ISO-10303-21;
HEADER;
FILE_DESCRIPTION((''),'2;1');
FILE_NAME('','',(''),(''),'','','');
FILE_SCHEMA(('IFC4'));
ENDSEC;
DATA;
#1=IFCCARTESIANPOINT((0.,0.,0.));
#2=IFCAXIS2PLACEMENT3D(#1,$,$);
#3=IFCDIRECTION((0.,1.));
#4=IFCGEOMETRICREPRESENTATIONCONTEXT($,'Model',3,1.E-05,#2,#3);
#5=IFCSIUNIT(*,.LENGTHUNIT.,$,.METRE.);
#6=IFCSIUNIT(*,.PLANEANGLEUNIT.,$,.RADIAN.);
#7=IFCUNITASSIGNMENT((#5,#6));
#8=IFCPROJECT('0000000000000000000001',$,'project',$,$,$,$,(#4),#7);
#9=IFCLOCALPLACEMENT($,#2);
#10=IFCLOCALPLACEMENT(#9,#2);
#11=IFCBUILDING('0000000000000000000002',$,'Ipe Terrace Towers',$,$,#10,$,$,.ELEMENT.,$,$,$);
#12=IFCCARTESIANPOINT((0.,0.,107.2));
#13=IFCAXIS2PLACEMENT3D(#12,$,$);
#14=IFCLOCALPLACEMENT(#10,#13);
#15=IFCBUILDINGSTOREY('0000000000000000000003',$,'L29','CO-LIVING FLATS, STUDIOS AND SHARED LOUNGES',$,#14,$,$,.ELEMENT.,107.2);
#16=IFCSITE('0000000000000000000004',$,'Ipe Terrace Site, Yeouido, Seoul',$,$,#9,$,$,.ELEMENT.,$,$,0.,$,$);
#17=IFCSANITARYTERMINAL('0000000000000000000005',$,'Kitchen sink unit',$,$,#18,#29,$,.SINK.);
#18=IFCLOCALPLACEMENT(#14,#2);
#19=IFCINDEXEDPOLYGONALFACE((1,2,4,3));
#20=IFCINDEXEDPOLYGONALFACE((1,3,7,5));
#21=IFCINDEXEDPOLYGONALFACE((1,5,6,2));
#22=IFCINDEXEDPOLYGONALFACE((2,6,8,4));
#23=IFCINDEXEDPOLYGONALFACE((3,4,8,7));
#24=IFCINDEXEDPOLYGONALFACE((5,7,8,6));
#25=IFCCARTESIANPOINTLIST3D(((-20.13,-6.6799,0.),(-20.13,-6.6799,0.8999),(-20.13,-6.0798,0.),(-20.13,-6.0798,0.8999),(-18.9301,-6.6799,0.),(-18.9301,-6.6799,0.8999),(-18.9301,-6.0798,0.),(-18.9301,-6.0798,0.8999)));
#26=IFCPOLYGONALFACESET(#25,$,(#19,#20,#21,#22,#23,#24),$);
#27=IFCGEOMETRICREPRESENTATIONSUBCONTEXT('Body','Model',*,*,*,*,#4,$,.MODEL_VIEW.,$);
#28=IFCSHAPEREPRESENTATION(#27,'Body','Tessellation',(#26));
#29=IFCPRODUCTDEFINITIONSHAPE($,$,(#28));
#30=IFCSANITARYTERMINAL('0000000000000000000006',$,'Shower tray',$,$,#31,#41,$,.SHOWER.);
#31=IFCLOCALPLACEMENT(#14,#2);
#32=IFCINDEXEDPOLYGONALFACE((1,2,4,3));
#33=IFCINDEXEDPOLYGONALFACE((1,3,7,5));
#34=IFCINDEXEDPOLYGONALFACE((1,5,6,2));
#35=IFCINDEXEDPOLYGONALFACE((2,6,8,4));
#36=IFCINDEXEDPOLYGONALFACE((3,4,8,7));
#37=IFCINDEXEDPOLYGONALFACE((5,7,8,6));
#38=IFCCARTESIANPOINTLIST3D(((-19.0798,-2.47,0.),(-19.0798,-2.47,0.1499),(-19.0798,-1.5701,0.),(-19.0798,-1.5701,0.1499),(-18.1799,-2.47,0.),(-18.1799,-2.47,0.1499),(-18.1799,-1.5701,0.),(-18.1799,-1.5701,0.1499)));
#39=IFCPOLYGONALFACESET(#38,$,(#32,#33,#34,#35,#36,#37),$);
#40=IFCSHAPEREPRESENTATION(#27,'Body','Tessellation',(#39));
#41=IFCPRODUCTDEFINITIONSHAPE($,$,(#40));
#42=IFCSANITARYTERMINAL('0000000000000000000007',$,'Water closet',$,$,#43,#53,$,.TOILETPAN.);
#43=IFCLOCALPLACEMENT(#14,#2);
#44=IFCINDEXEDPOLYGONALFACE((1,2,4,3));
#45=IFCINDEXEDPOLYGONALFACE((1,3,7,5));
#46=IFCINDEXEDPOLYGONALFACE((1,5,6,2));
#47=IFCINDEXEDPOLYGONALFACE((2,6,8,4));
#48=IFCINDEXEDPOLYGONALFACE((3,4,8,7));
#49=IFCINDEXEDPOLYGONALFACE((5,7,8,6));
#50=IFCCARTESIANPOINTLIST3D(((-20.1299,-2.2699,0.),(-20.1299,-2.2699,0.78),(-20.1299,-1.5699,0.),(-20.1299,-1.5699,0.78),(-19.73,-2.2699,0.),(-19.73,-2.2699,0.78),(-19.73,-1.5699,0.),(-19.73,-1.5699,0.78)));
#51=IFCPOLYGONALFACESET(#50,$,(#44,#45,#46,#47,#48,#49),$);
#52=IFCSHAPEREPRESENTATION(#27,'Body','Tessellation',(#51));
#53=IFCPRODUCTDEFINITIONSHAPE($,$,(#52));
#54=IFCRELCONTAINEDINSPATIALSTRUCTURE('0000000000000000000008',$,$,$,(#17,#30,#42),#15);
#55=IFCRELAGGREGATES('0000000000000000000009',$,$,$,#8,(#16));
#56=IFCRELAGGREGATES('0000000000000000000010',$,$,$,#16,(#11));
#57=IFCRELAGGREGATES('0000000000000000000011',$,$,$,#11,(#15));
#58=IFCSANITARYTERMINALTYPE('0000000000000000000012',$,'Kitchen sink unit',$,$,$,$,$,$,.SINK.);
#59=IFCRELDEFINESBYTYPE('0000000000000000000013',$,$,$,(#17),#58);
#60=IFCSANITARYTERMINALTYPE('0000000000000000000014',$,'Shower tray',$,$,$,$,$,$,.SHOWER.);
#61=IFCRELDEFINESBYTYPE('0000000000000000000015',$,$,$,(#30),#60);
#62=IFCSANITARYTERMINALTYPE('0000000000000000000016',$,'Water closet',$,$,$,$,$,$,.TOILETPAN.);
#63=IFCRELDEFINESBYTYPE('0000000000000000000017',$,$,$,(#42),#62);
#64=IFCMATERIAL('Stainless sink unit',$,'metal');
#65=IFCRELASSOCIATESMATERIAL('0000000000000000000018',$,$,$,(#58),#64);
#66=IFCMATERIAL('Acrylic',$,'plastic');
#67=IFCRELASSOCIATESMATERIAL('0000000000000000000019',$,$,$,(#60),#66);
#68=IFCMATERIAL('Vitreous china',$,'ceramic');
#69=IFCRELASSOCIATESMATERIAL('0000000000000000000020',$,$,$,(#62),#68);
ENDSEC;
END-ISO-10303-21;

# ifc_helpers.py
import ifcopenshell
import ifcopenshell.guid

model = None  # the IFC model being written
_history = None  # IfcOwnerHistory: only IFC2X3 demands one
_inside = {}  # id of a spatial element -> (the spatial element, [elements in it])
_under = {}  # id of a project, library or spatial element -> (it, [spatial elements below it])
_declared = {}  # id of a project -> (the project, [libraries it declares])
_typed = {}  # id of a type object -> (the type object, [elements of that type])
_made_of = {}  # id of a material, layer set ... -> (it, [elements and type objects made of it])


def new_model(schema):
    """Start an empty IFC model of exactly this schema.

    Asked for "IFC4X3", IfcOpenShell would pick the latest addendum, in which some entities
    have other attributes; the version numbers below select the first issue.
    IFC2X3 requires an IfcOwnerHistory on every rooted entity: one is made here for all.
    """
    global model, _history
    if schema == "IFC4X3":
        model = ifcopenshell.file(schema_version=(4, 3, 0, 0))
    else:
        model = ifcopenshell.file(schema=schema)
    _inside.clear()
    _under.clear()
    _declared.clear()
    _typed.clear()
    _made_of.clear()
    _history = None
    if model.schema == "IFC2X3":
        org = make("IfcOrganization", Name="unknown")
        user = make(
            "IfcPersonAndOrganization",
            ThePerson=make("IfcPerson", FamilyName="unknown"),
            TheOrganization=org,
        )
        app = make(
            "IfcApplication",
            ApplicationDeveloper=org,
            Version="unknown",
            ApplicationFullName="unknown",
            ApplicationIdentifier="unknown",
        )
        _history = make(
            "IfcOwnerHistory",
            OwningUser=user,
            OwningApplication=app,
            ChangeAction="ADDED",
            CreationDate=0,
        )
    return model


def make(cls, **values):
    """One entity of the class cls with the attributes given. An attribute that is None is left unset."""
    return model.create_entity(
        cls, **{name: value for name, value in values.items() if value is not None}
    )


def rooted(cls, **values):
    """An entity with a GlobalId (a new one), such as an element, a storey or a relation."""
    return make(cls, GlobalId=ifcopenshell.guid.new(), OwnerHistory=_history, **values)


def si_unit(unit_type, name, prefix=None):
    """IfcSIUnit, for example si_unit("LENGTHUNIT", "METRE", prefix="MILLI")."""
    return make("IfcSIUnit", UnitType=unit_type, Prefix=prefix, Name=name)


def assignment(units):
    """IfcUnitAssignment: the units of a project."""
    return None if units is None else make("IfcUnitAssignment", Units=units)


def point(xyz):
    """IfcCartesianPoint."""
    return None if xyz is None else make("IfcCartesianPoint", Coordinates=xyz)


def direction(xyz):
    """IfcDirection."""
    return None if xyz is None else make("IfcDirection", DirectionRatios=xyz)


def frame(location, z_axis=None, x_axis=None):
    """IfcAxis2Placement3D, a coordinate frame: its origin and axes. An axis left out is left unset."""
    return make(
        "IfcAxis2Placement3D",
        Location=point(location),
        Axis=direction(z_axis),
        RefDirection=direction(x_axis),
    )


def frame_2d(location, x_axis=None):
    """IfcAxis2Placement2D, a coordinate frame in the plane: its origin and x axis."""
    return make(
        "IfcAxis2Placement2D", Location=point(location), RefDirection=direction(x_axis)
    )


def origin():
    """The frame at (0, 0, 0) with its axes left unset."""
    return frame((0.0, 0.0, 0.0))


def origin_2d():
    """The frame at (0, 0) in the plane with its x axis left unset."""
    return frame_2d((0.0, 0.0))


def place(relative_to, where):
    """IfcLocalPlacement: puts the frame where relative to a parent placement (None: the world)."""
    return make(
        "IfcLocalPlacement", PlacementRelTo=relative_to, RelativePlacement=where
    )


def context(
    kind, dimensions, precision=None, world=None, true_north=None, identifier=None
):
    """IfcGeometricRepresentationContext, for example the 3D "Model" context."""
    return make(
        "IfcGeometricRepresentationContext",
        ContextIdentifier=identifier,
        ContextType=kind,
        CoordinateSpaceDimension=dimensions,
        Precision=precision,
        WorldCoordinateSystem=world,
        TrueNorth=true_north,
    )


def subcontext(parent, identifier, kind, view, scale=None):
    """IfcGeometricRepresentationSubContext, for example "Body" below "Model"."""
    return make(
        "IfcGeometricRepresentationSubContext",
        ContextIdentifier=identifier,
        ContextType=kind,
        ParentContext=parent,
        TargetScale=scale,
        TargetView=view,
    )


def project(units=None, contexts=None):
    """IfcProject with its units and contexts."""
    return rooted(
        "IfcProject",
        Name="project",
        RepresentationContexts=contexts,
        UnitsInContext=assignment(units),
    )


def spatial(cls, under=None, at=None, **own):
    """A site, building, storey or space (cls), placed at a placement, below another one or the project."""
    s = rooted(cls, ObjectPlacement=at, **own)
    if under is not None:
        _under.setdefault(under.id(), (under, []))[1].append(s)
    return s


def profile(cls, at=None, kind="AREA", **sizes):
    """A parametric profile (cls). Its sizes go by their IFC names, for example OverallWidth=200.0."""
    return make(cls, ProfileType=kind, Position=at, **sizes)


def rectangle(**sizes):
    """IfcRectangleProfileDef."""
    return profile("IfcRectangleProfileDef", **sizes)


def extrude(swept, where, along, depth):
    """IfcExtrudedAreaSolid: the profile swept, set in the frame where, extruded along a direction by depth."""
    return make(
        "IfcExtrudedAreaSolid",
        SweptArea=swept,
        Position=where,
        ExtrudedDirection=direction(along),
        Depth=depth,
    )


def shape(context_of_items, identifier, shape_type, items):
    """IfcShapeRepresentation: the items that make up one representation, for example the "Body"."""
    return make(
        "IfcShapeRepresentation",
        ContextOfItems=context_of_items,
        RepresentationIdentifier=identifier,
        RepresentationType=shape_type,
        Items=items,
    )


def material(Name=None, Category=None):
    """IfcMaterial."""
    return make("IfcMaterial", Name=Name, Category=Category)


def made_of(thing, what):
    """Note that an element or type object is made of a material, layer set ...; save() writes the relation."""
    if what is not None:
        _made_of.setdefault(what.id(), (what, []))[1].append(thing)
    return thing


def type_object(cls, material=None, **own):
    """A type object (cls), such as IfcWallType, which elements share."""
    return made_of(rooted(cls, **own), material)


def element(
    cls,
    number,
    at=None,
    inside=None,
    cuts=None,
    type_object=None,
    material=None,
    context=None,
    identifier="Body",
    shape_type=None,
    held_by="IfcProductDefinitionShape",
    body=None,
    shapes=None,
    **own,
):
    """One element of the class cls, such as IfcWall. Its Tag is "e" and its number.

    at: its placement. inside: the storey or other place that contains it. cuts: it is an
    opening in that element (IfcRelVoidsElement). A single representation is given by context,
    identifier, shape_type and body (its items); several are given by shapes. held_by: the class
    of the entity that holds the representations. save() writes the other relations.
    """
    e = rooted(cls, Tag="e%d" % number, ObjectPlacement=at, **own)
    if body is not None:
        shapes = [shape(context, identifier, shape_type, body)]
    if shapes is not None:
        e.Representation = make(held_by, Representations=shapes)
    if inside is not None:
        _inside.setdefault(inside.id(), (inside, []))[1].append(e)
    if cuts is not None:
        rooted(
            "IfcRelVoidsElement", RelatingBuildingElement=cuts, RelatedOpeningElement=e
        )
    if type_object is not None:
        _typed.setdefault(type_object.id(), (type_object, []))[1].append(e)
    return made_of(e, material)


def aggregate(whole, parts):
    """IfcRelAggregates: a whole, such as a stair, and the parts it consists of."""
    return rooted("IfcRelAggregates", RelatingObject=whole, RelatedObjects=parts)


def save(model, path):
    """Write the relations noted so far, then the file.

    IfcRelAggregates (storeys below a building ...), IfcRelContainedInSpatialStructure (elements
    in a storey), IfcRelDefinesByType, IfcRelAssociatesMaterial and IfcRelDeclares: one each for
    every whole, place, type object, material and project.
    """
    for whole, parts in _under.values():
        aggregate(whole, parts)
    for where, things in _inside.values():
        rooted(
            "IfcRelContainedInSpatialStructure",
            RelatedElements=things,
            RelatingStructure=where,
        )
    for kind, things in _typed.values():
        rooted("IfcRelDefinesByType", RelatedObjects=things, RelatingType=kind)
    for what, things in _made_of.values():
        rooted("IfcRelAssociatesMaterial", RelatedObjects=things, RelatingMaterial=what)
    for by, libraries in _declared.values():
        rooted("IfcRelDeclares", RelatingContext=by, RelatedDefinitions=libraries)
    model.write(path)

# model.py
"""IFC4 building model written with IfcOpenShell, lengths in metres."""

from ifc_helpers import new_model, si_unit, direction, frame, origin, origin_2d, place, context, subcontext, project, spatial, rectangle, extrude, material, type_object, element, save


model = new_model("IFC4")

# Units and contexts
model_context = context("Model", 3, precision=1e-05, world=origin(), true_north=direction((0.0, 1.0)))
body_context = subcontext(model_context, "Body", "Model", "MODEL_VIEW")
ifc_project = project(units=[si_unit("LENGTHUNIT", "METRE"), si_unit("PLANEANGLEUNIT", "RADIAN")], contexts=[model_context])

# Site, building, storey
site_placement = place(None, origin())
site = spatial("IfcSite", under=ifc_project, at=site_placement, Name="Ipe Terrace Site, Yeouido, Seoul", CompositionType="ELEMENT", RefElevation=0.0)
building_placement = place(site_placement, origin())
building = spatial("IfcBuilding", under=site, at=building_placement, Name="Ipe Terrace Towers", CompositionType="ELEMENT")
storey_placement = place(building_placement, frame((0.0, 0.0, 107.2)))
storey = spatial("IfcBuildingStorey", under=building, at=storey_placement, Name="L29", Description="CO-LIVING FLATS, STUDIOS AND SHARED LOUNGES", CompositionType="ELEMENT", Elevation=107.2)

# Sanitary terminals
ifc_material_1 = material(Name="Stainless sink unit", Category="metal")
sanitary_terminal_type_1 = type_object("IfcSanitaryTerminalType", Name="Kitchen sink unit", PredefinedType="SINK", material=ifc_material_1)
sanitary_terminal_1_placement = place(storey_placement, frame((-19.53, -6.3799, 0.0), z_axis=(0.0, 0.0, 1.0), x_axis=(-1.0, 0.0, 0.0)))
element("IfcSanitaryTerminal", 1, at=sanitary_terminal_1_placement, inside=storey, type_object=sanitary_terminal_type_1, Name="Kitchen sink unit", PredefinedType="SINK", context=body_context, shape_type="SweptSolid", body=[
    extrude(rectangle(XDim=1.2, YDim=0.6001, at=origin_2d()), origin(), (0.0, 0.0, 1.0), 0.8999),
])
ifc_material_2 = material(Name="Acrylic", Category="plastic")
sanitary_terminal_type_2 = type_object("IfcSanitaryTerminalType", Name="Shower tray", PredefinedType="SHOWER", material=ifc_material_2)
sanitary_terminal_2_placement = place(storey_placement, frame((-18.6299, -2.02, 0.0), z_axis=(0.0, 0.0, 1.0), x_axis=(0.0, -1.0, 0.0)))
element("IfcSanitaryTerminal", 2, at=sanitary_terminal_2_placement, inside=storey, type_object=sanitary_terminal_type_2, Name="Shower tray", PredefinedType="SHOWER", context=body_context, shape_type="SweptSolid", body=[
    extrude(rectangle(XDim=0.8999, YDim=0.8999, at=origin_2d()), origin(), (0.0, 0.0, 1.0), 0.1499),
])
ifc_material_3 = material(Name="Vitreous china", Category="ceramic")
sanitary_terminal_type_3 = type_object("IfcSanitaryTerminalType", Name="Water closet", PredefinedType="TOILETPAN", material=ifc_material_3)
sanitary_terminal_3_placement = place(storey_placement, frame((-19.9299, -1.9199, 0.0), z_axis=(0.0, 0.0, 1.0), x_axis=(0.0, -1.0, 0.0)))
element("IfcSanitaryTerminal", 3, at=sanitary_terminal_3_placement, inside=storey, type_object=sanitary_terminal_type_3, Name="Water closet", PredefinedType="TOILETPAN", context=body_context, shape_type="SweptSolid", body=[
    extrude(rectangle(XDim=0.7, YDim=0.3999, at=origin_2d()), origin(), (0.0, 0.0, 1.0), 0.78),
])

save(model, "model.ifc")
